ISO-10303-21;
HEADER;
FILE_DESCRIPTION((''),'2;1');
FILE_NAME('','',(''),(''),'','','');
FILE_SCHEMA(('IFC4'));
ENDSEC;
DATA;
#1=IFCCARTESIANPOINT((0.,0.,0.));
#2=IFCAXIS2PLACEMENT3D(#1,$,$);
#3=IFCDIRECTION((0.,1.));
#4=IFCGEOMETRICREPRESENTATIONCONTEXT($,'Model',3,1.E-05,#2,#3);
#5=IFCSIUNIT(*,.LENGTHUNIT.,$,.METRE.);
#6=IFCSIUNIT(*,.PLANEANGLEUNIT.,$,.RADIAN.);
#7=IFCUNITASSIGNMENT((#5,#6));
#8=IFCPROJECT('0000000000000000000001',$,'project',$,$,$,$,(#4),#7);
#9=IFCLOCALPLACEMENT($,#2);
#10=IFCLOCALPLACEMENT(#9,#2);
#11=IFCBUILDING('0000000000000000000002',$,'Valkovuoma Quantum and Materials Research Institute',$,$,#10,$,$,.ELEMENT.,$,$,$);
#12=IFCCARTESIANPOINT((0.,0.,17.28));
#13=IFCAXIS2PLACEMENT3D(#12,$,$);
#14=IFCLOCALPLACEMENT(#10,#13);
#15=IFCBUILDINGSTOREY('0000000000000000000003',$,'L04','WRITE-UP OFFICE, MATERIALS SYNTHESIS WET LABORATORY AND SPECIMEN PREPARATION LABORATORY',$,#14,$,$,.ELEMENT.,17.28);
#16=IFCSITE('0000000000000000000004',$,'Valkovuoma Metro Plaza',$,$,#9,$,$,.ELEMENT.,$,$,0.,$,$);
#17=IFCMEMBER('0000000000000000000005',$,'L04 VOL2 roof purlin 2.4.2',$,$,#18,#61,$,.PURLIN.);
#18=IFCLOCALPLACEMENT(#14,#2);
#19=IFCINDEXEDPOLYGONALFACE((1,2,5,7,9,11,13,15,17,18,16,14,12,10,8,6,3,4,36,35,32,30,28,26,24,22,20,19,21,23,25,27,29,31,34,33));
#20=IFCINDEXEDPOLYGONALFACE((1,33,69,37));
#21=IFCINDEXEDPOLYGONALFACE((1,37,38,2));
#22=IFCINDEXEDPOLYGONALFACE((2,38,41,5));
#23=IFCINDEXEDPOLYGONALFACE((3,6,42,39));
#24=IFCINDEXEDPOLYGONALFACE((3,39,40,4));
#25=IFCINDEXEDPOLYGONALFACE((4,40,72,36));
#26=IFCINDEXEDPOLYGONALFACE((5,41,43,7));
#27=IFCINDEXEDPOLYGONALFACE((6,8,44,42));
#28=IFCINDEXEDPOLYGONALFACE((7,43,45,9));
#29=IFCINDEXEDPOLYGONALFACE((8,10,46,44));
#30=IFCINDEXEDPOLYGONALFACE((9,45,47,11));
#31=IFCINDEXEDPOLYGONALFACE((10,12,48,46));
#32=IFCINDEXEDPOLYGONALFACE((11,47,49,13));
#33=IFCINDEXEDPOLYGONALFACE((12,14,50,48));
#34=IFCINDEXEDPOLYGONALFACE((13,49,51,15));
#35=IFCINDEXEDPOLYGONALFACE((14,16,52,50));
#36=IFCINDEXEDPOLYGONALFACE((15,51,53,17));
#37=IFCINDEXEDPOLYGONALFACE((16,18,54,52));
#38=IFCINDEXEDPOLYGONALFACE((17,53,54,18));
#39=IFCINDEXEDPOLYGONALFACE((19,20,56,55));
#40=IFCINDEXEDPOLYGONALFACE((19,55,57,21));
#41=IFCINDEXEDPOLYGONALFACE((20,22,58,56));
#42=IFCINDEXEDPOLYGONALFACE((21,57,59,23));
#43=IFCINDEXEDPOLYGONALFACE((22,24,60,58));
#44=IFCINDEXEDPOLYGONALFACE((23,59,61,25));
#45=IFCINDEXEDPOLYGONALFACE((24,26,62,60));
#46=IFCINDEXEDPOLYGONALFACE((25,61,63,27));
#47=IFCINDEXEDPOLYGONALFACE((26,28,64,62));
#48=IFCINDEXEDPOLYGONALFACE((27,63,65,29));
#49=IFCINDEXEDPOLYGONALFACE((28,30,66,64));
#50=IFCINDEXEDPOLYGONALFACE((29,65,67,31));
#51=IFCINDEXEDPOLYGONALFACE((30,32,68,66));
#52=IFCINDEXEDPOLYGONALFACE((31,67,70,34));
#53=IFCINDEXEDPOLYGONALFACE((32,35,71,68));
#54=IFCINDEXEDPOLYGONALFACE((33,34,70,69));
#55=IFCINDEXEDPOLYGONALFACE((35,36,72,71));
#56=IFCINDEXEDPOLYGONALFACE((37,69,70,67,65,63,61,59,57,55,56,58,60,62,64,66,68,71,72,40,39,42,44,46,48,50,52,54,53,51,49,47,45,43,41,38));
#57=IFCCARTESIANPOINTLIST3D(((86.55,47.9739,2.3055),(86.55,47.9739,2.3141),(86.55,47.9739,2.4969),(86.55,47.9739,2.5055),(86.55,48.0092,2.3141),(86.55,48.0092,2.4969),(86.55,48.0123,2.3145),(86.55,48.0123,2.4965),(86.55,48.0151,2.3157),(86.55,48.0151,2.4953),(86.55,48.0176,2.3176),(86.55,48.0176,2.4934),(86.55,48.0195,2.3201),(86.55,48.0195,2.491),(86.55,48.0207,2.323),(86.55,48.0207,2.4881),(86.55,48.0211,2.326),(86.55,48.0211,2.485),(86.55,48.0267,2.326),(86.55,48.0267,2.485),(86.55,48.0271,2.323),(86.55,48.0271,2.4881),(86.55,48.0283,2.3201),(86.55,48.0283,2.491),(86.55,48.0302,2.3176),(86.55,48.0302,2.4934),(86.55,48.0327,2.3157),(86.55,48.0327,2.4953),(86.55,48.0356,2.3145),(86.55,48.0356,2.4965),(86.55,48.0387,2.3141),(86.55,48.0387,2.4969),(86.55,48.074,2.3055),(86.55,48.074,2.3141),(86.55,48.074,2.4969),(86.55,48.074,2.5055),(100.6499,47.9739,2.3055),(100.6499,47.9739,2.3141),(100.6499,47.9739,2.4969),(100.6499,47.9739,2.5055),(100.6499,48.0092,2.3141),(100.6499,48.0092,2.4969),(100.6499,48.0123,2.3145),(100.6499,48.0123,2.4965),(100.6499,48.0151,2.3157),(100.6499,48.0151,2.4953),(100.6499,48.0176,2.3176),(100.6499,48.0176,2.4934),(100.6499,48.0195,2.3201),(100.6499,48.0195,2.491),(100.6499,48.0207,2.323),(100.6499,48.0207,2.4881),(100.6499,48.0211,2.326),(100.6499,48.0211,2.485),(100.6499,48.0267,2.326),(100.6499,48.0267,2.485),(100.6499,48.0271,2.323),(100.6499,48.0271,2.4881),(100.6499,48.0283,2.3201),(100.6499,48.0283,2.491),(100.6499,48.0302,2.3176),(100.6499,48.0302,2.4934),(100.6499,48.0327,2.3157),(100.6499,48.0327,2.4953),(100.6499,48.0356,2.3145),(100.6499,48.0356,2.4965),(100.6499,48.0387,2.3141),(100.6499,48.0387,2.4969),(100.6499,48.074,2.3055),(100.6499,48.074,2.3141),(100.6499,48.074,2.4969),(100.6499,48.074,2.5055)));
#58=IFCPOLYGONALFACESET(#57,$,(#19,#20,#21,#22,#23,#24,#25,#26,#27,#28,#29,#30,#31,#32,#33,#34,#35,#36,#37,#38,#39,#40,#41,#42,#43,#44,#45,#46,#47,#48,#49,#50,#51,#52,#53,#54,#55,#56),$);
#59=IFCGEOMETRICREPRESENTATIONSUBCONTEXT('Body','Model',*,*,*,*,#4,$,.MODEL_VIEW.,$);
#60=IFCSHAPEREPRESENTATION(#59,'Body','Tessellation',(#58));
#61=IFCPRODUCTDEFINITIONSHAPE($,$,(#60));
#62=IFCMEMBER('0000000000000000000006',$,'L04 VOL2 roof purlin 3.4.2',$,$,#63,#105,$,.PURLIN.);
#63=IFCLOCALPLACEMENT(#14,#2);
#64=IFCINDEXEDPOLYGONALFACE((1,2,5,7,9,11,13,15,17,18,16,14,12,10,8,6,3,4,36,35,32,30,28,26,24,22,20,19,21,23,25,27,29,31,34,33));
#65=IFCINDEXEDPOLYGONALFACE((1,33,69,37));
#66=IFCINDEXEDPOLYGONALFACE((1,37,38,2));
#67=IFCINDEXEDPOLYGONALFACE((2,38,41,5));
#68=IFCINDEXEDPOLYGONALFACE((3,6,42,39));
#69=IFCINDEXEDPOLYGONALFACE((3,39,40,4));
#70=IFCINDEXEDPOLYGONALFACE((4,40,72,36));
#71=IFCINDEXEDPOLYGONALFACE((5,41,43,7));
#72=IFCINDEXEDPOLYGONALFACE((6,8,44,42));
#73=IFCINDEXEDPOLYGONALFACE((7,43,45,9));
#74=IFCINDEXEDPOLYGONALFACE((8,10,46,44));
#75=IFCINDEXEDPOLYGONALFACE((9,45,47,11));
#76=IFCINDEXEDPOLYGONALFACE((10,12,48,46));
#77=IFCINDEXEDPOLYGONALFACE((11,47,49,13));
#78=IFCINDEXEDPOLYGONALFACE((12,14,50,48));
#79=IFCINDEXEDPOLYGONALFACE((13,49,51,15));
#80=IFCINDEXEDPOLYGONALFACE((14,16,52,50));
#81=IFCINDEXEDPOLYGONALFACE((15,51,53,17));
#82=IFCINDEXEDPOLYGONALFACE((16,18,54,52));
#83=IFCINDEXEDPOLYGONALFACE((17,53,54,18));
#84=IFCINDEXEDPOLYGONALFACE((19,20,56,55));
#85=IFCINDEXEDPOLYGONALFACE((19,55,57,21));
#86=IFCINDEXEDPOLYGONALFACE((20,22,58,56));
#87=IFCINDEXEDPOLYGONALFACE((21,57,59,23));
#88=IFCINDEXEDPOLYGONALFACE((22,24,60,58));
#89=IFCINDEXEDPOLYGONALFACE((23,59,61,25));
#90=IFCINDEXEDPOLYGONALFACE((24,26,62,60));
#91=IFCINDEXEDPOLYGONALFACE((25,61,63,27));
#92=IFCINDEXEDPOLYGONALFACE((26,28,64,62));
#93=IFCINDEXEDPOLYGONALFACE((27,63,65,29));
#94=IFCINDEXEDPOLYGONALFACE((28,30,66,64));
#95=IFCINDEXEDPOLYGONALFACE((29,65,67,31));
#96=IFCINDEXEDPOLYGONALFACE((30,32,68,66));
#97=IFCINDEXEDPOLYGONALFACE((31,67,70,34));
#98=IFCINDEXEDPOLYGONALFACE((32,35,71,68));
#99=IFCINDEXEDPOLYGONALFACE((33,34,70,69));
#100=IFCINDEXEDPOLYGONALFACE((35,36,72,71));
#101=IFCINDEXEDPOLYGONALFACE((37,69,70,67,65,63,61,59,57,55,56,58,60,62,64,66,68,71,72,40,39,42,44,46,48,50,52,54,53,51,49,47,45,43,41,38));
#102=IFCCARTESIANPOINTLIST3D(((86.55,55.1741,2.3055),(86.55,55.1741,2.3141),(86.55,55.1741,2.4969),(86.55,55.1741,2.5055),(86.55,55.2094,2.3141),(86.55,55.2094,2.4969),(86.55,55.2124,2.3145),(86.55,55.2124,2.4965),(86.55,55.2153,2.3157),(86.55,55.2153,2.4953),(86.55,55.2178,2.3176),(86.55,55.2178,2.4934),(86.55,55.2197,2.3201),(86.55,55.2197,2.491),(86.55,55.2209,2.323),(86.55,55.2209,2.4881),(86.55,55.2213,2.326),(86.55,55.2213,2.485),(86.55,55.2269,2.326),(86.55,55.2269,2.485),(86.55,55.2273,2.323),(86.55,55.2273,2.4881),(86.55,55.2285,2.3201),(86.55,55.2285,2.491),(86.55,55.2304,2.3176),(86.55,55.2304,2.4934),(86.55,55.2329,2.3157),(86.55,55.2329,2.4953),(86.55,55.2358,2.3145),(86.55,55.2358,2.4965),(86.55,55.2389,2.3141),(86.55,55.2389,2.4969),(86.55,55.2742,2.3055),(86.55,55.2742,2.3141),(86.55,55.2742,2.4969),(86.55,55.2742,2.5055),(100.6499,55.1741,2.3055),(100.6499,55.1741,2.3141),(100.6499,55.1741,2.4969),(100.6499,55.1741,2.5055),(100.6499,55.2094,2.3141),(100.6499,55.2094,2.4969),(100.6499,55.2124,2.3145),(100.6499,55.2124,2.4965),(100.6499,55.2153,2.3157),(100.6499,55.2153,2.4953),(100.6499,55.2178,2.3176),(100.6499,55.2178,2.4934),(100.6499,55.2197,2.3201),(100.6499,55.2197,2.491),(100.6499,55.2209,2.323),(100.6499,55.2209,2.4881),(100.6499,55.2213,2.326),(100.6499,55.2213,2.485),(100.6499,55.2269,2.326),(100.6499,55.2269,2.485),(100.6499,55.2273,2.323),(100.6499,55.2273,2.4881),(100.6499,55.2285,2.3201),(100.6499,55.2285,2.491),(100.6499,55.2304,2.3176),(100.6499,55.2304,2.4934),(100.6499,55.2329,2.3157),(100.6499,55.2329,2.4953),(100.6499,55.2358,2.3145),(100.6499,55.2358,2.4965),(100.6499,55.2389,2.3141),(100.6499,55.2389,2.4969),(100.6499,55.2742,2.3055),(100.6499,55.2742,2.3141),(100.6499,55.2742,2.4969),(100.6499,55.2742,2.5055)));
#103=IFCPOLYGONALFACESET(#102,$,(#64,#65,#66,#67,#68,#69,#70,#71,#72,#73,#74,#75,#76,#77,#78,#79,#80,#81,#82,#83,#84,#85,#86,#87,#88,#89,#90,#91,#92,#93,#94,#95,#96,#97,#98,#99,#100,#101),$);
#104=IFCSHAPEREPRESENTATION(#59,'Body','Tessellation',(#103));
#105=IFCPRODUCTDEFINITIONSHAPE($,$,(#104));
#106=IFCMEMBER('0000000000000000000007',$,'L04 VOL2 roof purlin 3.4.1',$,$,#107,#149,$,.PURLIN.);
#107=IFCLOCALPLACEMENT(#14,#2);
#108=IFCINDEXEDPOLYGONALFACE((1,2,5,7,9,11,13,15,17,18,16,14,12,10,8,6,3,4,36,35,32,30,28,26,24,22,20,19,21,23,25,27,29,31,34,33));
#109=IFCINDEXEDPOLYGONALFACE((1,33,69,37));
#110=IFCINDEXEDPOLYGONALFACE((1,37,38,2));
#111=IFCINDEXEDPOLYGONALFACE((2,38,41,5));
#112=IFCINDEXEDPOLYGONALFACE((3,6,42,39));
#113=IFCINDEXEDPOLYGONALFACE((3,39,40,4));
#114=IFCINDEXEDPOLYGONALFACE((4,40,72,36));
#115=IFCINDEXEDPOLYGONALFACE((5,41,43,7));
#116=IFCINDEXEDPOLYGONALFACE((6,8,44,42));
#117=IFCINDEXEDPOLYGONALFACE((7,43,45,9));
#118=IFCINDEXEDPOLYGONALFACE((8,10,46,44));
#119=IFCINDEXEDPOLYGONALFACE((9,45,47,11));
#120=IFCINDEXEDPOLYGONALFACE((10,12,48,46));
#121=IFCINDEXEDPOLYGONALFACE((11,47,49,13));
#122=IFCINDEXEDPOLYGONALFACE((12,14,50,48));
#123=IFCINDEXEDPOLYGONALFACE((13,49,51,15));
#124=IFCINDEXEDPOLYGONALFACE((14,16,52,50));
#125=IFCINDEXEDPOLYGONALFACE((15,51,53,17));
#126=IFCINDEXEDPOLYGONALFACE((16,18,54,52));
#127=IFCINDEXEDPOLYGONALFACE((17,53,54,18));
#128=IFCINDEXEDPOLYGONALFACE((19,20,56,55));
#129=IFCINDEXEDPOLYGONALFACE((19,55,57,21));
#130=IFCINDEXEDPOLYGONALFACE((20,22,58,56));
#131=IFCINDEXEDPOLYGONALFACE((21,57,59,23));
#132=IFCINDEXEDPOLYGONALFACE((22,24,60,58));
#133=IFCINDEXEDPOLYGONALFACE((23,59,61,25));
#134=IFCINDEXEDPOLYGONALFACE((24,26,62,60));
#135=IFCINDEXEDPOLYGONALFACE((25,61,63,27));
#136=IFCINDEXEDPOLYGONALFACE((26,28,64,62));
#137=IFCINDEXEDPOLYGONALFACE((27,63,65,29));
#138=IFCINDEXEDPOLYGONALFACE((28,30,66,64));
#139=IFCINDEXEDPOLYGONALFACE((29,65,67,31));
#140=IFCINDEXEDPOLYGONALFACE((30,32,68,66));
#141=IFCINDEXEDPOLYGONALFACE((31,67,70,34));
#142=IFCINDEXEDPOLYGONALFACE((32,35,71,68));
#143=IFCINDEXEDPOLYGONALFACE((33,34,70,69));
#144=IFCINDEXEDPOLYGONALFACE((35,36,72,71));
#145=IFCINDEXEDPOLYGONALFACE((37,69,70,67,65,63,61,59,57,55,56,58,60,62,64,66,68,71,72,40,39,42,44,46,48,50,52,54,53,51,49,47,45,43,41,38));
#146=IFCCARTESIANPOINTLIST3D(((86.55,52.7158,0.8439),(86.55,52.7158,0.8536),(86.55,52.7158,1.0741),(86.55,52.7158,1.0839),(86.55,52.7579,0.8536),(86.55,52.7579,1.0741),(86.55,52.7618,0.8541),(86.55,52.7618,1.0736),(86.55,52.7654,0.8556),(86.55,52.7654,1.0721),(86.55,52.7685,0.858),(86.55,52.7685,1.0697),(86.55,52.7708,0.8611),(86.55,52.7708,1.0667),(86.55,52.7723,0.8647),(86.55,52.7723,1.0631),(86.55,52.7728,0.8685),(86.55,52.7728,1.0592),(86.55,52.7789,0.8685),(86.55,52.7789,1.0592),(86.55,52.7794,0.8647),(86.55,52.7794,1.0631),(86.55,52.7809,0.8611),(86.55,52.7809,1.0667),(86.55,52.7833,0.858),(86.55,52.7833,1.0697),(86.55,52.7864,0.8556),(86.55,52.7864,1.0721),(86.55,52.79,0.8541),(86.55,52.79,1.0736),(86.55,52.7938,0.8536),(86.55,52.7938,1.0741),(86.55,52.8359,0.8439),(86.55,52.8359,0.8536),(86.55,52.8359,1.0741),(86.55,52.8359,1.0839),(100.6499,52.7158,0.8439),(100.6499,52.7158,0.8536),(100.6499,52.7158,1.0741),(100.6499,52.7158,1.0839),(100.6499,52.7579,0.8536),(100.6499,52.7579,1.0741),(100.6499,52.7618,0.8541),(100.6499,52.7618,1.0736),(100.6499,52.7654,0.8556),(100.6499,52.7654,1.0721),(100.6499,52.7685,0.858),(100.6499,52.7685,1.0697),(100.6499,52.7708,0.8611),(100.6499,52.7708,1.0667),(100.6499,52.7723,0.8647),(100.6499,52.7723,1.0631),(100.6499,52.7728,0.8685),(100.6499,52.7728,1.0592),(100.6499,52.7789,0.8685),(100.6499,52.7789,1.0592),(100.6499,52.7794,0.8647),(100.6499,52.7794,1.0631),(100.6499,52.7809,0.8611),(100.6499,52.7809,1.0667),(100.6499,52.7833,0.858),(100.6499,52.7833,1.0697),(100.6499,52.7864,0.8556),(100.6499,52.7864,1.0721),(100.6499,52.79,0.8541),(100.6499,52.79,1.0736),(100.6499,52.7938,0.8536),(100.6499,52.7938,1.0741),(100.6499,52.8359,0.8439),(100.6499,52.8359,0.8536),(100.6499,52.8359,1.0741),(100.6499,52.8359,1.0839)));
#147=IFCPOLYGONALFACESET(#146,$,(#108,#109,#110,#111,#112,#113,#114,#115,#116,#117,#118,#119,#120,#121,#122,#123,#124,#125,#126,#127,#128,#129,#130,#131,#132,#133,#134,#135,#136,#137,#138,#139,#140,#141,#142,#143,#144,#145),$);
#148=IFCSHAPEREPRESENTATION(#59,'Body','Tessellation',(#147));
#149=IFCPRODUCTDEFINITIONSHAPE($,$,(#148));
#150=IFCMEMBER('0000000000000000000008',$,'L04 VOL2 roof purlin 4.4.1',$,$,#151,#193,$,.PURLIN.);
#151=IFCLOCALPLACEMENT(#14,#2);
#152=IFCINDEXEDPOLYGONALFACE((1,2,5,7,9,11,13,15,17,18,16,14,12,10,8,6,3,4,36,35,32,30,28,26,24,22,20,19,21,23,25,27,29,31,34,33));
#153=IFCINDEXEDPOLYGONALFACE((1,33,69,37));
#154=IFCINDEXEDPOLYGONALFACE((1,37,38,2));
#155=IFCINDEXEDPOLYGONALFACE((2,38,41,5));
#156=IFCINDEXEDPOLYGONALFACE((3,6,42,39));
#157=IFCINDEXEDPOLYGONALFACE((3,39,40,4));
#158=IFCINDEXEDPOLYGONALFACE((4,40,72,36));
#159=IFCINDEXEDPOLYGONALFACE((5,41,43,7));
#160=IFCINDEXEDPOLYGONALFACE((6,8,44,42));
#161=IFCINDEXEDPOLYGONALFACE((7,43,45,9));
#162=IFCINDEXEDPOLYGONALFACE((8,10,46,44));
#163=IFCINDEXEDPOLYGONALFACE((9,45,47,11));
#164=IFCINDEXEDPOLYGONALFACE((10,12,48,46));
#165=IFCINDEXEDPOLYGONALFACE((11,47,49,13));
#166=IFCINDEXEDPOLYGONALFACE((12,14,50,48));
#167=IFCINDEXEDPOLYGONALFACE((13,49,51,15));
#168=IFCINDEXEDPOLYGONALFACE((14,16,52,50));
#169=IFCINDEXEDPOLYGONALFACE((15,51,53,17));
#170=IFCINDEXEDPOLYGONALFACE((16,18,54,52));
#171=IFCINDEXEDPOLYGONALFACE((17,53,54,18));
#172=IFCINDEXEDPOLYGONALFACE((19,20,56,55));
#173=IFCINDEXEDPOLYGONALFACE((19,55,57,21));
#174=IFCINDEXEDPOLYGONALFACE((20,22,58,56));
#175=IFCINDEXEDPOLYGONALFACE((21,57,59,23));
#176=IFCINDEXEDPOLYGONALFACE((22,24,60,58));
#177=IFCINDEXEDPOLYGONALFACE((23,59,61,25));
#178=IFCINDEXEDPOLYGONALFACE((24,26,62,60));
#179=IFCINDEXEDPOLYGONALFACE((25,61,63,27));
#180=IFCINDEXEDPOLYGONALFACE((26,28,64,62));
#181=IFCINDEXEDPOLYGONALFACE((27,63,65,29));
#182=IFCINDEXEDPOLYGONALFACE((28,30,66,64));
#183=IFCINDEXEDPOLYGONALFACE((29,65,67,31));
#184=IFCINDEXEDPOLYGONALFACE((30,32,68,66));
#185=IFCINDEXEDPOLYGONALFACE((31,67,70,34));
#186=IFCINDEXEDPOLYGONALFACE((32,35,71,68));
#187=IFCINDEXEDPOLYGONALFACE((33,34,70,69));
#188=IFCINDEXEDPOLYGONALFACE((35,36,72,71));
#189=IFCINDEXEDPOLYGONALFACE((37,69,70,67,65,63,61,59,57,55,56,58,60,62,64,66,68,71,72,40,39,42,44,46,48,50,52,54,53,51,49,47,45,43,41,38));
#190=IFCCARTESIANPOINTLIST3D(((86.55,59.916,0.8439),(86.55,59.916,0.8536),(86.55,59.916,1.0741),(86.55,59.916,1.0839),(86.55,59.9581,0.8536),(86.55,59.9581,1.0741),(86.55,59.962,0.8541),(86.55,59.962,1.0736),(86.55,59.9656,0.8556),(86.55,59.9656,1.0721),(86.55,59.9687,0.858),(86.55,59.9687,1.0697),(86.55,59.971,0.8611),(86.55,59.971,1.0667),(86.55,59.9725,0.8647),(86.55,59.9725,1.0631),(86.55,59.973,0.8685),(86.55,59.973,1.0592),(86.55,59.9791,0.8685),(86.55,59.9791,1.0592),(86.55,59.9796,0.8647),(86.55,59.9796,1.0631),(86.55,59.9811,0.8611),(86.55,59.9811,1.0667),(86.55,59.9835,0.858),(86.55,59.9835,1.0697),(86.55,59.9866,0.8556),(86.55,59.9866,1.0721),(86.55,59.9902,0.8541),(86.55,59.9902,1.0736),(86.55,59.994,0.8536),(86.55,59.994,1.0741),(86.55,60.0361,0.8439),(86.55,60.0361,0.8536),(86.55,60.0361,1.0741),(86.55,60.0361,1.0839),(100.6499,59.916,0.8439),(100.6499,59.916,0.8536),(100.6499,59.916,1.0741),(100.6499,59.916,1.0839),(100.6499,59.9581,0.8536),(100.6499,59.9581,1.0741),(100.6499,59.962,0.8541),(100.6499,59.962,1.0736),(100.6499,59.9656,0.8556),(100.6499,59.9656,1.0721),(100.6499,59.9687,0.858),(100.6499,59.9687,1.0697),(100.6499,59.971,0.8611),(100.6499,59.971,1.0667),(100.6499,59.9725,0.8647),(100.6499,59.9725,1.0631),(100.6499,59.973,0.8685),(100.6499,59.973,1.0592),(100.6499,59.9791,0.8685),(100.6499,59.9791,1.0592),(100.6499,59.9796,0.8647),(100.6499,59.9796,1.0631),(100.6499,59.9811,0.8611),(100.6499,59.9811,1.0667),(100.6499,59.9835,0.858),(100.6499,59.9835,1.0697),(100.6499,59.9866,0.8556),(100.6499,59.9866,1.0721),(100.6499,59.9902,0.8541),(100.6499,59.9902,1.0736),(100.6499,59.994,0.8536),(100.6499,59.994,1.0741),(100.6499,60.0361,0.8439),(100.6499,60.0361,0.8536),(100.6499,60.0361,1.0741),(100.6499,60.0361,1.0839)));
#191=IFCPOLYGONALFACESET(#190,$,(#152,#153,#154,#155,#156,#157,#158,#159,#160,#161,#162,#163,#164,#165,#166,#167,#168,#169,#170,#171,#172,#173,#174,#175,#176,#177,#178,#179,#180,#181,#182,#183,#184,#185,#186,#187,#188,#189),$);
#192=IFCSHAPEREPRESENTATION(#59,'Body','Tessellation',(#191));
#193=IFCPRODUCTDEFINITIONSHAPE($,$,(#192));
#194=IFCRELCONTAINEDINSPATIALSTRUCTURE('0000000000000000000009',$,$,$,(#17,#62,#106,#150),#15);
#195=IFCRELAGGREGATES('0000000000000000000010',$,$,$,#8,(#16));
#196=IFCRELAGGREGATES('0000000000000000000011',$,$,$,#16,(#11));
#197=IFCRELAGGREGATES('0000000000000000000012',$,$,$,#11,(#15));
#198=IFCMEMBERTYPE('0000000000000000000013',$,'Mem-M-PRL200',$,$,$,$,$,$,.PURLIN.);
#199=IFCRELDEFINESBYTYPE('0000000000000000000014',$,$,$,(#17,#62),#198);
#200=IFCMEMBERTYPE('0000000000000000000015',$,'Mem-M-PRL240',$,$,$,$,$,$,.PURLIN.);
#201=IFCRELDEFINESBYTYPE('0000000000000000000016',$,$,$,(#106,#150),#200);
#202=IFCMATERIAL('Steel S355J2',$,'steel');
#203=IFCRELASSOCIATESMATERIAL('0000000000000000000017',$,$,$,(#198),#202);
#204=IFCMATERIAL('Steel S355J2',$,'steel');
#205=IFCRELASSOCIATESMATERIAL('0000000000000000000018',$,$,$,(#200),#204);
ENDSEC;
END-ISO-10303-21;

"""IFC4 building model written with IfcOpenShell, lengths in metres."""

from ifc_helpers import new_model, si_unit, direction, frame, origin, origin_2d, place, context, subcontext, project, spatial, i_section, extrude, material, material_profile, profile_set, type_object, element, save


model = new_model("IFC4")

# Units and contexts
model_context = context("Model", 3, precision=1e-05, world=origin(), true_north=direction((0.0, 1.0)))
body_context = subcontext(model_context, "Body", "Model", "MODEL_VIEW")
ifc_project = project(units=[si_unit("LENGTHUNIT", "METRE"), si_unit("PLANEANGLEUNIT", "RADIAN")], contexts=[model_context])

# Site, building, storey
site_placement = place(None, origin())
site = spatial("IfcSite", under=ifc_project, at=site_placement, Name="Valkovuoma Metro Plaza", CompositionType="ELEMENT", RefElevation=0.0)
building_placement = place(site_placement, origin())
building = spatial("IfcBuilding", under=site, at=building_placement, Name="Valkovuoma Quantum and Materials Research Institute", CompositionType="ELEMENT")
storey_placement = place(building_placement, frame((0.0, 0.0, 17.28)))
storey = spatial("IfcBuildingStorey", under=building, at=storey_placement, Name="L04", Description="WRITE-UP OFFICE, MATERIALS SYNTHESIS WET LABORATORY AND SPECIMEN PREPARATION LABORATORY", CompositionType="ELEMENT", Elevation=17.28)

# Members
ifc_material_1 = material(Name="Steel S355J2", Category="steel")
ifc_material_profile_1 = material_profile(ifc_material_1, i_section(OverallWidth=0.1001, OverallDepth=0.2, WebThickness=0.0056, FlangeThickness=0.0085, FilletRadius=0.012, at=origin_2d()), Name="Steel S355J2")
ifc_profile_set_1 = profile_set([ifc_material_profile_1], Name="Steel S355J2")
member_type_1 = type_object("IfcMemberType", Name="Mem-M-PRL200", PredefinedType="PURLIN", material=ifc_profile_set_1)
for number, where, z_axis, x_axis, name in (
    (1, (86.55, 48.0239, 2.4055), (1.0, 0.0, 0.0), (0.0, 1.0, 0.0), "L04 VOL2 roof purlin 2.4.2"),
    (2, (86.55, 55.2241, 2.4055), (1.0, 0.0, 0.0), (0.0, 1.0, 0.0), "L04 VOL2 roof purlin 3.4.2"),
):
    element("IfcMember", number, at=place(storey_placement, frame(where, z_axis=z_axis, x_axis=x_axis)), inside=storey, type_object=member_type_1, Name=name, PredefinedType="PURLIN", context=body_context, shape_type="SweptSolid", body=[
        extrude(i_section(OverallWidth=0.1001, OverallDepth=0.2, WebThickness=0.0056, FlangeThickness=0.0085, FilletRadius=0.012, at=origin_2d()), origin(), (0.0, 0.0, 1.0), 14.0999),
    ])
ifc_material_2 = material(Name="Steel S355J2", Category="steel")
ifc_material_profile_2 = material_profile(ifc_material_2, i_section(OverallWidth=0.1201, OverallDepth=0.24, WebThickness=0.0061, FlangeThickness=0.0098, FilletRadius=0.0149, at=origin_2d()), Name="Steel S355J2")
ifc_profile_set_2 = profile_set([ifc_material_profile_2], Name="Steel S355J2")
member_type_2 = type_object("IfcMemberType", Name="Mem-M-PRL240", PredefinedType="PURLIN", material=ifc_profile_set_2)
for number, where, z_axis, x_axis, name in (
    (3, (86.55, 52.7759, 0.9639), (1.0, 0.0, 0.0), (0.0, 1.0, 0.0), "L04 VOL2 roof purlin 3.4.1"),
    (4, (86.55, 59.9761, 0.9639), (1.0, 0.0, 0.0), (0.0, 1.0, 0.0), "L04 VOL2 roof purlin 4.4.1"),
):
    element("IfcMember", number, at=place(storey_placement, frame(where, z_axis=z_axis, x_axis=x_axis)), inside=storey, type_object=member_type_2, Name=name, PredefinedType="PURLIN", context=body_context, shape_type="SweptSolid", body=[
        extrude(i_section(OverallWidth=0.1201, OverallDepth=0.24, WebThickness=0.0061, FlangeThickness=0.0098, FilletRadius=0.0149, at=origin_2d()), origin(), (0.0, 0.0, 1.0), 14.0999),
    ])

save(model, "model.ifc")
